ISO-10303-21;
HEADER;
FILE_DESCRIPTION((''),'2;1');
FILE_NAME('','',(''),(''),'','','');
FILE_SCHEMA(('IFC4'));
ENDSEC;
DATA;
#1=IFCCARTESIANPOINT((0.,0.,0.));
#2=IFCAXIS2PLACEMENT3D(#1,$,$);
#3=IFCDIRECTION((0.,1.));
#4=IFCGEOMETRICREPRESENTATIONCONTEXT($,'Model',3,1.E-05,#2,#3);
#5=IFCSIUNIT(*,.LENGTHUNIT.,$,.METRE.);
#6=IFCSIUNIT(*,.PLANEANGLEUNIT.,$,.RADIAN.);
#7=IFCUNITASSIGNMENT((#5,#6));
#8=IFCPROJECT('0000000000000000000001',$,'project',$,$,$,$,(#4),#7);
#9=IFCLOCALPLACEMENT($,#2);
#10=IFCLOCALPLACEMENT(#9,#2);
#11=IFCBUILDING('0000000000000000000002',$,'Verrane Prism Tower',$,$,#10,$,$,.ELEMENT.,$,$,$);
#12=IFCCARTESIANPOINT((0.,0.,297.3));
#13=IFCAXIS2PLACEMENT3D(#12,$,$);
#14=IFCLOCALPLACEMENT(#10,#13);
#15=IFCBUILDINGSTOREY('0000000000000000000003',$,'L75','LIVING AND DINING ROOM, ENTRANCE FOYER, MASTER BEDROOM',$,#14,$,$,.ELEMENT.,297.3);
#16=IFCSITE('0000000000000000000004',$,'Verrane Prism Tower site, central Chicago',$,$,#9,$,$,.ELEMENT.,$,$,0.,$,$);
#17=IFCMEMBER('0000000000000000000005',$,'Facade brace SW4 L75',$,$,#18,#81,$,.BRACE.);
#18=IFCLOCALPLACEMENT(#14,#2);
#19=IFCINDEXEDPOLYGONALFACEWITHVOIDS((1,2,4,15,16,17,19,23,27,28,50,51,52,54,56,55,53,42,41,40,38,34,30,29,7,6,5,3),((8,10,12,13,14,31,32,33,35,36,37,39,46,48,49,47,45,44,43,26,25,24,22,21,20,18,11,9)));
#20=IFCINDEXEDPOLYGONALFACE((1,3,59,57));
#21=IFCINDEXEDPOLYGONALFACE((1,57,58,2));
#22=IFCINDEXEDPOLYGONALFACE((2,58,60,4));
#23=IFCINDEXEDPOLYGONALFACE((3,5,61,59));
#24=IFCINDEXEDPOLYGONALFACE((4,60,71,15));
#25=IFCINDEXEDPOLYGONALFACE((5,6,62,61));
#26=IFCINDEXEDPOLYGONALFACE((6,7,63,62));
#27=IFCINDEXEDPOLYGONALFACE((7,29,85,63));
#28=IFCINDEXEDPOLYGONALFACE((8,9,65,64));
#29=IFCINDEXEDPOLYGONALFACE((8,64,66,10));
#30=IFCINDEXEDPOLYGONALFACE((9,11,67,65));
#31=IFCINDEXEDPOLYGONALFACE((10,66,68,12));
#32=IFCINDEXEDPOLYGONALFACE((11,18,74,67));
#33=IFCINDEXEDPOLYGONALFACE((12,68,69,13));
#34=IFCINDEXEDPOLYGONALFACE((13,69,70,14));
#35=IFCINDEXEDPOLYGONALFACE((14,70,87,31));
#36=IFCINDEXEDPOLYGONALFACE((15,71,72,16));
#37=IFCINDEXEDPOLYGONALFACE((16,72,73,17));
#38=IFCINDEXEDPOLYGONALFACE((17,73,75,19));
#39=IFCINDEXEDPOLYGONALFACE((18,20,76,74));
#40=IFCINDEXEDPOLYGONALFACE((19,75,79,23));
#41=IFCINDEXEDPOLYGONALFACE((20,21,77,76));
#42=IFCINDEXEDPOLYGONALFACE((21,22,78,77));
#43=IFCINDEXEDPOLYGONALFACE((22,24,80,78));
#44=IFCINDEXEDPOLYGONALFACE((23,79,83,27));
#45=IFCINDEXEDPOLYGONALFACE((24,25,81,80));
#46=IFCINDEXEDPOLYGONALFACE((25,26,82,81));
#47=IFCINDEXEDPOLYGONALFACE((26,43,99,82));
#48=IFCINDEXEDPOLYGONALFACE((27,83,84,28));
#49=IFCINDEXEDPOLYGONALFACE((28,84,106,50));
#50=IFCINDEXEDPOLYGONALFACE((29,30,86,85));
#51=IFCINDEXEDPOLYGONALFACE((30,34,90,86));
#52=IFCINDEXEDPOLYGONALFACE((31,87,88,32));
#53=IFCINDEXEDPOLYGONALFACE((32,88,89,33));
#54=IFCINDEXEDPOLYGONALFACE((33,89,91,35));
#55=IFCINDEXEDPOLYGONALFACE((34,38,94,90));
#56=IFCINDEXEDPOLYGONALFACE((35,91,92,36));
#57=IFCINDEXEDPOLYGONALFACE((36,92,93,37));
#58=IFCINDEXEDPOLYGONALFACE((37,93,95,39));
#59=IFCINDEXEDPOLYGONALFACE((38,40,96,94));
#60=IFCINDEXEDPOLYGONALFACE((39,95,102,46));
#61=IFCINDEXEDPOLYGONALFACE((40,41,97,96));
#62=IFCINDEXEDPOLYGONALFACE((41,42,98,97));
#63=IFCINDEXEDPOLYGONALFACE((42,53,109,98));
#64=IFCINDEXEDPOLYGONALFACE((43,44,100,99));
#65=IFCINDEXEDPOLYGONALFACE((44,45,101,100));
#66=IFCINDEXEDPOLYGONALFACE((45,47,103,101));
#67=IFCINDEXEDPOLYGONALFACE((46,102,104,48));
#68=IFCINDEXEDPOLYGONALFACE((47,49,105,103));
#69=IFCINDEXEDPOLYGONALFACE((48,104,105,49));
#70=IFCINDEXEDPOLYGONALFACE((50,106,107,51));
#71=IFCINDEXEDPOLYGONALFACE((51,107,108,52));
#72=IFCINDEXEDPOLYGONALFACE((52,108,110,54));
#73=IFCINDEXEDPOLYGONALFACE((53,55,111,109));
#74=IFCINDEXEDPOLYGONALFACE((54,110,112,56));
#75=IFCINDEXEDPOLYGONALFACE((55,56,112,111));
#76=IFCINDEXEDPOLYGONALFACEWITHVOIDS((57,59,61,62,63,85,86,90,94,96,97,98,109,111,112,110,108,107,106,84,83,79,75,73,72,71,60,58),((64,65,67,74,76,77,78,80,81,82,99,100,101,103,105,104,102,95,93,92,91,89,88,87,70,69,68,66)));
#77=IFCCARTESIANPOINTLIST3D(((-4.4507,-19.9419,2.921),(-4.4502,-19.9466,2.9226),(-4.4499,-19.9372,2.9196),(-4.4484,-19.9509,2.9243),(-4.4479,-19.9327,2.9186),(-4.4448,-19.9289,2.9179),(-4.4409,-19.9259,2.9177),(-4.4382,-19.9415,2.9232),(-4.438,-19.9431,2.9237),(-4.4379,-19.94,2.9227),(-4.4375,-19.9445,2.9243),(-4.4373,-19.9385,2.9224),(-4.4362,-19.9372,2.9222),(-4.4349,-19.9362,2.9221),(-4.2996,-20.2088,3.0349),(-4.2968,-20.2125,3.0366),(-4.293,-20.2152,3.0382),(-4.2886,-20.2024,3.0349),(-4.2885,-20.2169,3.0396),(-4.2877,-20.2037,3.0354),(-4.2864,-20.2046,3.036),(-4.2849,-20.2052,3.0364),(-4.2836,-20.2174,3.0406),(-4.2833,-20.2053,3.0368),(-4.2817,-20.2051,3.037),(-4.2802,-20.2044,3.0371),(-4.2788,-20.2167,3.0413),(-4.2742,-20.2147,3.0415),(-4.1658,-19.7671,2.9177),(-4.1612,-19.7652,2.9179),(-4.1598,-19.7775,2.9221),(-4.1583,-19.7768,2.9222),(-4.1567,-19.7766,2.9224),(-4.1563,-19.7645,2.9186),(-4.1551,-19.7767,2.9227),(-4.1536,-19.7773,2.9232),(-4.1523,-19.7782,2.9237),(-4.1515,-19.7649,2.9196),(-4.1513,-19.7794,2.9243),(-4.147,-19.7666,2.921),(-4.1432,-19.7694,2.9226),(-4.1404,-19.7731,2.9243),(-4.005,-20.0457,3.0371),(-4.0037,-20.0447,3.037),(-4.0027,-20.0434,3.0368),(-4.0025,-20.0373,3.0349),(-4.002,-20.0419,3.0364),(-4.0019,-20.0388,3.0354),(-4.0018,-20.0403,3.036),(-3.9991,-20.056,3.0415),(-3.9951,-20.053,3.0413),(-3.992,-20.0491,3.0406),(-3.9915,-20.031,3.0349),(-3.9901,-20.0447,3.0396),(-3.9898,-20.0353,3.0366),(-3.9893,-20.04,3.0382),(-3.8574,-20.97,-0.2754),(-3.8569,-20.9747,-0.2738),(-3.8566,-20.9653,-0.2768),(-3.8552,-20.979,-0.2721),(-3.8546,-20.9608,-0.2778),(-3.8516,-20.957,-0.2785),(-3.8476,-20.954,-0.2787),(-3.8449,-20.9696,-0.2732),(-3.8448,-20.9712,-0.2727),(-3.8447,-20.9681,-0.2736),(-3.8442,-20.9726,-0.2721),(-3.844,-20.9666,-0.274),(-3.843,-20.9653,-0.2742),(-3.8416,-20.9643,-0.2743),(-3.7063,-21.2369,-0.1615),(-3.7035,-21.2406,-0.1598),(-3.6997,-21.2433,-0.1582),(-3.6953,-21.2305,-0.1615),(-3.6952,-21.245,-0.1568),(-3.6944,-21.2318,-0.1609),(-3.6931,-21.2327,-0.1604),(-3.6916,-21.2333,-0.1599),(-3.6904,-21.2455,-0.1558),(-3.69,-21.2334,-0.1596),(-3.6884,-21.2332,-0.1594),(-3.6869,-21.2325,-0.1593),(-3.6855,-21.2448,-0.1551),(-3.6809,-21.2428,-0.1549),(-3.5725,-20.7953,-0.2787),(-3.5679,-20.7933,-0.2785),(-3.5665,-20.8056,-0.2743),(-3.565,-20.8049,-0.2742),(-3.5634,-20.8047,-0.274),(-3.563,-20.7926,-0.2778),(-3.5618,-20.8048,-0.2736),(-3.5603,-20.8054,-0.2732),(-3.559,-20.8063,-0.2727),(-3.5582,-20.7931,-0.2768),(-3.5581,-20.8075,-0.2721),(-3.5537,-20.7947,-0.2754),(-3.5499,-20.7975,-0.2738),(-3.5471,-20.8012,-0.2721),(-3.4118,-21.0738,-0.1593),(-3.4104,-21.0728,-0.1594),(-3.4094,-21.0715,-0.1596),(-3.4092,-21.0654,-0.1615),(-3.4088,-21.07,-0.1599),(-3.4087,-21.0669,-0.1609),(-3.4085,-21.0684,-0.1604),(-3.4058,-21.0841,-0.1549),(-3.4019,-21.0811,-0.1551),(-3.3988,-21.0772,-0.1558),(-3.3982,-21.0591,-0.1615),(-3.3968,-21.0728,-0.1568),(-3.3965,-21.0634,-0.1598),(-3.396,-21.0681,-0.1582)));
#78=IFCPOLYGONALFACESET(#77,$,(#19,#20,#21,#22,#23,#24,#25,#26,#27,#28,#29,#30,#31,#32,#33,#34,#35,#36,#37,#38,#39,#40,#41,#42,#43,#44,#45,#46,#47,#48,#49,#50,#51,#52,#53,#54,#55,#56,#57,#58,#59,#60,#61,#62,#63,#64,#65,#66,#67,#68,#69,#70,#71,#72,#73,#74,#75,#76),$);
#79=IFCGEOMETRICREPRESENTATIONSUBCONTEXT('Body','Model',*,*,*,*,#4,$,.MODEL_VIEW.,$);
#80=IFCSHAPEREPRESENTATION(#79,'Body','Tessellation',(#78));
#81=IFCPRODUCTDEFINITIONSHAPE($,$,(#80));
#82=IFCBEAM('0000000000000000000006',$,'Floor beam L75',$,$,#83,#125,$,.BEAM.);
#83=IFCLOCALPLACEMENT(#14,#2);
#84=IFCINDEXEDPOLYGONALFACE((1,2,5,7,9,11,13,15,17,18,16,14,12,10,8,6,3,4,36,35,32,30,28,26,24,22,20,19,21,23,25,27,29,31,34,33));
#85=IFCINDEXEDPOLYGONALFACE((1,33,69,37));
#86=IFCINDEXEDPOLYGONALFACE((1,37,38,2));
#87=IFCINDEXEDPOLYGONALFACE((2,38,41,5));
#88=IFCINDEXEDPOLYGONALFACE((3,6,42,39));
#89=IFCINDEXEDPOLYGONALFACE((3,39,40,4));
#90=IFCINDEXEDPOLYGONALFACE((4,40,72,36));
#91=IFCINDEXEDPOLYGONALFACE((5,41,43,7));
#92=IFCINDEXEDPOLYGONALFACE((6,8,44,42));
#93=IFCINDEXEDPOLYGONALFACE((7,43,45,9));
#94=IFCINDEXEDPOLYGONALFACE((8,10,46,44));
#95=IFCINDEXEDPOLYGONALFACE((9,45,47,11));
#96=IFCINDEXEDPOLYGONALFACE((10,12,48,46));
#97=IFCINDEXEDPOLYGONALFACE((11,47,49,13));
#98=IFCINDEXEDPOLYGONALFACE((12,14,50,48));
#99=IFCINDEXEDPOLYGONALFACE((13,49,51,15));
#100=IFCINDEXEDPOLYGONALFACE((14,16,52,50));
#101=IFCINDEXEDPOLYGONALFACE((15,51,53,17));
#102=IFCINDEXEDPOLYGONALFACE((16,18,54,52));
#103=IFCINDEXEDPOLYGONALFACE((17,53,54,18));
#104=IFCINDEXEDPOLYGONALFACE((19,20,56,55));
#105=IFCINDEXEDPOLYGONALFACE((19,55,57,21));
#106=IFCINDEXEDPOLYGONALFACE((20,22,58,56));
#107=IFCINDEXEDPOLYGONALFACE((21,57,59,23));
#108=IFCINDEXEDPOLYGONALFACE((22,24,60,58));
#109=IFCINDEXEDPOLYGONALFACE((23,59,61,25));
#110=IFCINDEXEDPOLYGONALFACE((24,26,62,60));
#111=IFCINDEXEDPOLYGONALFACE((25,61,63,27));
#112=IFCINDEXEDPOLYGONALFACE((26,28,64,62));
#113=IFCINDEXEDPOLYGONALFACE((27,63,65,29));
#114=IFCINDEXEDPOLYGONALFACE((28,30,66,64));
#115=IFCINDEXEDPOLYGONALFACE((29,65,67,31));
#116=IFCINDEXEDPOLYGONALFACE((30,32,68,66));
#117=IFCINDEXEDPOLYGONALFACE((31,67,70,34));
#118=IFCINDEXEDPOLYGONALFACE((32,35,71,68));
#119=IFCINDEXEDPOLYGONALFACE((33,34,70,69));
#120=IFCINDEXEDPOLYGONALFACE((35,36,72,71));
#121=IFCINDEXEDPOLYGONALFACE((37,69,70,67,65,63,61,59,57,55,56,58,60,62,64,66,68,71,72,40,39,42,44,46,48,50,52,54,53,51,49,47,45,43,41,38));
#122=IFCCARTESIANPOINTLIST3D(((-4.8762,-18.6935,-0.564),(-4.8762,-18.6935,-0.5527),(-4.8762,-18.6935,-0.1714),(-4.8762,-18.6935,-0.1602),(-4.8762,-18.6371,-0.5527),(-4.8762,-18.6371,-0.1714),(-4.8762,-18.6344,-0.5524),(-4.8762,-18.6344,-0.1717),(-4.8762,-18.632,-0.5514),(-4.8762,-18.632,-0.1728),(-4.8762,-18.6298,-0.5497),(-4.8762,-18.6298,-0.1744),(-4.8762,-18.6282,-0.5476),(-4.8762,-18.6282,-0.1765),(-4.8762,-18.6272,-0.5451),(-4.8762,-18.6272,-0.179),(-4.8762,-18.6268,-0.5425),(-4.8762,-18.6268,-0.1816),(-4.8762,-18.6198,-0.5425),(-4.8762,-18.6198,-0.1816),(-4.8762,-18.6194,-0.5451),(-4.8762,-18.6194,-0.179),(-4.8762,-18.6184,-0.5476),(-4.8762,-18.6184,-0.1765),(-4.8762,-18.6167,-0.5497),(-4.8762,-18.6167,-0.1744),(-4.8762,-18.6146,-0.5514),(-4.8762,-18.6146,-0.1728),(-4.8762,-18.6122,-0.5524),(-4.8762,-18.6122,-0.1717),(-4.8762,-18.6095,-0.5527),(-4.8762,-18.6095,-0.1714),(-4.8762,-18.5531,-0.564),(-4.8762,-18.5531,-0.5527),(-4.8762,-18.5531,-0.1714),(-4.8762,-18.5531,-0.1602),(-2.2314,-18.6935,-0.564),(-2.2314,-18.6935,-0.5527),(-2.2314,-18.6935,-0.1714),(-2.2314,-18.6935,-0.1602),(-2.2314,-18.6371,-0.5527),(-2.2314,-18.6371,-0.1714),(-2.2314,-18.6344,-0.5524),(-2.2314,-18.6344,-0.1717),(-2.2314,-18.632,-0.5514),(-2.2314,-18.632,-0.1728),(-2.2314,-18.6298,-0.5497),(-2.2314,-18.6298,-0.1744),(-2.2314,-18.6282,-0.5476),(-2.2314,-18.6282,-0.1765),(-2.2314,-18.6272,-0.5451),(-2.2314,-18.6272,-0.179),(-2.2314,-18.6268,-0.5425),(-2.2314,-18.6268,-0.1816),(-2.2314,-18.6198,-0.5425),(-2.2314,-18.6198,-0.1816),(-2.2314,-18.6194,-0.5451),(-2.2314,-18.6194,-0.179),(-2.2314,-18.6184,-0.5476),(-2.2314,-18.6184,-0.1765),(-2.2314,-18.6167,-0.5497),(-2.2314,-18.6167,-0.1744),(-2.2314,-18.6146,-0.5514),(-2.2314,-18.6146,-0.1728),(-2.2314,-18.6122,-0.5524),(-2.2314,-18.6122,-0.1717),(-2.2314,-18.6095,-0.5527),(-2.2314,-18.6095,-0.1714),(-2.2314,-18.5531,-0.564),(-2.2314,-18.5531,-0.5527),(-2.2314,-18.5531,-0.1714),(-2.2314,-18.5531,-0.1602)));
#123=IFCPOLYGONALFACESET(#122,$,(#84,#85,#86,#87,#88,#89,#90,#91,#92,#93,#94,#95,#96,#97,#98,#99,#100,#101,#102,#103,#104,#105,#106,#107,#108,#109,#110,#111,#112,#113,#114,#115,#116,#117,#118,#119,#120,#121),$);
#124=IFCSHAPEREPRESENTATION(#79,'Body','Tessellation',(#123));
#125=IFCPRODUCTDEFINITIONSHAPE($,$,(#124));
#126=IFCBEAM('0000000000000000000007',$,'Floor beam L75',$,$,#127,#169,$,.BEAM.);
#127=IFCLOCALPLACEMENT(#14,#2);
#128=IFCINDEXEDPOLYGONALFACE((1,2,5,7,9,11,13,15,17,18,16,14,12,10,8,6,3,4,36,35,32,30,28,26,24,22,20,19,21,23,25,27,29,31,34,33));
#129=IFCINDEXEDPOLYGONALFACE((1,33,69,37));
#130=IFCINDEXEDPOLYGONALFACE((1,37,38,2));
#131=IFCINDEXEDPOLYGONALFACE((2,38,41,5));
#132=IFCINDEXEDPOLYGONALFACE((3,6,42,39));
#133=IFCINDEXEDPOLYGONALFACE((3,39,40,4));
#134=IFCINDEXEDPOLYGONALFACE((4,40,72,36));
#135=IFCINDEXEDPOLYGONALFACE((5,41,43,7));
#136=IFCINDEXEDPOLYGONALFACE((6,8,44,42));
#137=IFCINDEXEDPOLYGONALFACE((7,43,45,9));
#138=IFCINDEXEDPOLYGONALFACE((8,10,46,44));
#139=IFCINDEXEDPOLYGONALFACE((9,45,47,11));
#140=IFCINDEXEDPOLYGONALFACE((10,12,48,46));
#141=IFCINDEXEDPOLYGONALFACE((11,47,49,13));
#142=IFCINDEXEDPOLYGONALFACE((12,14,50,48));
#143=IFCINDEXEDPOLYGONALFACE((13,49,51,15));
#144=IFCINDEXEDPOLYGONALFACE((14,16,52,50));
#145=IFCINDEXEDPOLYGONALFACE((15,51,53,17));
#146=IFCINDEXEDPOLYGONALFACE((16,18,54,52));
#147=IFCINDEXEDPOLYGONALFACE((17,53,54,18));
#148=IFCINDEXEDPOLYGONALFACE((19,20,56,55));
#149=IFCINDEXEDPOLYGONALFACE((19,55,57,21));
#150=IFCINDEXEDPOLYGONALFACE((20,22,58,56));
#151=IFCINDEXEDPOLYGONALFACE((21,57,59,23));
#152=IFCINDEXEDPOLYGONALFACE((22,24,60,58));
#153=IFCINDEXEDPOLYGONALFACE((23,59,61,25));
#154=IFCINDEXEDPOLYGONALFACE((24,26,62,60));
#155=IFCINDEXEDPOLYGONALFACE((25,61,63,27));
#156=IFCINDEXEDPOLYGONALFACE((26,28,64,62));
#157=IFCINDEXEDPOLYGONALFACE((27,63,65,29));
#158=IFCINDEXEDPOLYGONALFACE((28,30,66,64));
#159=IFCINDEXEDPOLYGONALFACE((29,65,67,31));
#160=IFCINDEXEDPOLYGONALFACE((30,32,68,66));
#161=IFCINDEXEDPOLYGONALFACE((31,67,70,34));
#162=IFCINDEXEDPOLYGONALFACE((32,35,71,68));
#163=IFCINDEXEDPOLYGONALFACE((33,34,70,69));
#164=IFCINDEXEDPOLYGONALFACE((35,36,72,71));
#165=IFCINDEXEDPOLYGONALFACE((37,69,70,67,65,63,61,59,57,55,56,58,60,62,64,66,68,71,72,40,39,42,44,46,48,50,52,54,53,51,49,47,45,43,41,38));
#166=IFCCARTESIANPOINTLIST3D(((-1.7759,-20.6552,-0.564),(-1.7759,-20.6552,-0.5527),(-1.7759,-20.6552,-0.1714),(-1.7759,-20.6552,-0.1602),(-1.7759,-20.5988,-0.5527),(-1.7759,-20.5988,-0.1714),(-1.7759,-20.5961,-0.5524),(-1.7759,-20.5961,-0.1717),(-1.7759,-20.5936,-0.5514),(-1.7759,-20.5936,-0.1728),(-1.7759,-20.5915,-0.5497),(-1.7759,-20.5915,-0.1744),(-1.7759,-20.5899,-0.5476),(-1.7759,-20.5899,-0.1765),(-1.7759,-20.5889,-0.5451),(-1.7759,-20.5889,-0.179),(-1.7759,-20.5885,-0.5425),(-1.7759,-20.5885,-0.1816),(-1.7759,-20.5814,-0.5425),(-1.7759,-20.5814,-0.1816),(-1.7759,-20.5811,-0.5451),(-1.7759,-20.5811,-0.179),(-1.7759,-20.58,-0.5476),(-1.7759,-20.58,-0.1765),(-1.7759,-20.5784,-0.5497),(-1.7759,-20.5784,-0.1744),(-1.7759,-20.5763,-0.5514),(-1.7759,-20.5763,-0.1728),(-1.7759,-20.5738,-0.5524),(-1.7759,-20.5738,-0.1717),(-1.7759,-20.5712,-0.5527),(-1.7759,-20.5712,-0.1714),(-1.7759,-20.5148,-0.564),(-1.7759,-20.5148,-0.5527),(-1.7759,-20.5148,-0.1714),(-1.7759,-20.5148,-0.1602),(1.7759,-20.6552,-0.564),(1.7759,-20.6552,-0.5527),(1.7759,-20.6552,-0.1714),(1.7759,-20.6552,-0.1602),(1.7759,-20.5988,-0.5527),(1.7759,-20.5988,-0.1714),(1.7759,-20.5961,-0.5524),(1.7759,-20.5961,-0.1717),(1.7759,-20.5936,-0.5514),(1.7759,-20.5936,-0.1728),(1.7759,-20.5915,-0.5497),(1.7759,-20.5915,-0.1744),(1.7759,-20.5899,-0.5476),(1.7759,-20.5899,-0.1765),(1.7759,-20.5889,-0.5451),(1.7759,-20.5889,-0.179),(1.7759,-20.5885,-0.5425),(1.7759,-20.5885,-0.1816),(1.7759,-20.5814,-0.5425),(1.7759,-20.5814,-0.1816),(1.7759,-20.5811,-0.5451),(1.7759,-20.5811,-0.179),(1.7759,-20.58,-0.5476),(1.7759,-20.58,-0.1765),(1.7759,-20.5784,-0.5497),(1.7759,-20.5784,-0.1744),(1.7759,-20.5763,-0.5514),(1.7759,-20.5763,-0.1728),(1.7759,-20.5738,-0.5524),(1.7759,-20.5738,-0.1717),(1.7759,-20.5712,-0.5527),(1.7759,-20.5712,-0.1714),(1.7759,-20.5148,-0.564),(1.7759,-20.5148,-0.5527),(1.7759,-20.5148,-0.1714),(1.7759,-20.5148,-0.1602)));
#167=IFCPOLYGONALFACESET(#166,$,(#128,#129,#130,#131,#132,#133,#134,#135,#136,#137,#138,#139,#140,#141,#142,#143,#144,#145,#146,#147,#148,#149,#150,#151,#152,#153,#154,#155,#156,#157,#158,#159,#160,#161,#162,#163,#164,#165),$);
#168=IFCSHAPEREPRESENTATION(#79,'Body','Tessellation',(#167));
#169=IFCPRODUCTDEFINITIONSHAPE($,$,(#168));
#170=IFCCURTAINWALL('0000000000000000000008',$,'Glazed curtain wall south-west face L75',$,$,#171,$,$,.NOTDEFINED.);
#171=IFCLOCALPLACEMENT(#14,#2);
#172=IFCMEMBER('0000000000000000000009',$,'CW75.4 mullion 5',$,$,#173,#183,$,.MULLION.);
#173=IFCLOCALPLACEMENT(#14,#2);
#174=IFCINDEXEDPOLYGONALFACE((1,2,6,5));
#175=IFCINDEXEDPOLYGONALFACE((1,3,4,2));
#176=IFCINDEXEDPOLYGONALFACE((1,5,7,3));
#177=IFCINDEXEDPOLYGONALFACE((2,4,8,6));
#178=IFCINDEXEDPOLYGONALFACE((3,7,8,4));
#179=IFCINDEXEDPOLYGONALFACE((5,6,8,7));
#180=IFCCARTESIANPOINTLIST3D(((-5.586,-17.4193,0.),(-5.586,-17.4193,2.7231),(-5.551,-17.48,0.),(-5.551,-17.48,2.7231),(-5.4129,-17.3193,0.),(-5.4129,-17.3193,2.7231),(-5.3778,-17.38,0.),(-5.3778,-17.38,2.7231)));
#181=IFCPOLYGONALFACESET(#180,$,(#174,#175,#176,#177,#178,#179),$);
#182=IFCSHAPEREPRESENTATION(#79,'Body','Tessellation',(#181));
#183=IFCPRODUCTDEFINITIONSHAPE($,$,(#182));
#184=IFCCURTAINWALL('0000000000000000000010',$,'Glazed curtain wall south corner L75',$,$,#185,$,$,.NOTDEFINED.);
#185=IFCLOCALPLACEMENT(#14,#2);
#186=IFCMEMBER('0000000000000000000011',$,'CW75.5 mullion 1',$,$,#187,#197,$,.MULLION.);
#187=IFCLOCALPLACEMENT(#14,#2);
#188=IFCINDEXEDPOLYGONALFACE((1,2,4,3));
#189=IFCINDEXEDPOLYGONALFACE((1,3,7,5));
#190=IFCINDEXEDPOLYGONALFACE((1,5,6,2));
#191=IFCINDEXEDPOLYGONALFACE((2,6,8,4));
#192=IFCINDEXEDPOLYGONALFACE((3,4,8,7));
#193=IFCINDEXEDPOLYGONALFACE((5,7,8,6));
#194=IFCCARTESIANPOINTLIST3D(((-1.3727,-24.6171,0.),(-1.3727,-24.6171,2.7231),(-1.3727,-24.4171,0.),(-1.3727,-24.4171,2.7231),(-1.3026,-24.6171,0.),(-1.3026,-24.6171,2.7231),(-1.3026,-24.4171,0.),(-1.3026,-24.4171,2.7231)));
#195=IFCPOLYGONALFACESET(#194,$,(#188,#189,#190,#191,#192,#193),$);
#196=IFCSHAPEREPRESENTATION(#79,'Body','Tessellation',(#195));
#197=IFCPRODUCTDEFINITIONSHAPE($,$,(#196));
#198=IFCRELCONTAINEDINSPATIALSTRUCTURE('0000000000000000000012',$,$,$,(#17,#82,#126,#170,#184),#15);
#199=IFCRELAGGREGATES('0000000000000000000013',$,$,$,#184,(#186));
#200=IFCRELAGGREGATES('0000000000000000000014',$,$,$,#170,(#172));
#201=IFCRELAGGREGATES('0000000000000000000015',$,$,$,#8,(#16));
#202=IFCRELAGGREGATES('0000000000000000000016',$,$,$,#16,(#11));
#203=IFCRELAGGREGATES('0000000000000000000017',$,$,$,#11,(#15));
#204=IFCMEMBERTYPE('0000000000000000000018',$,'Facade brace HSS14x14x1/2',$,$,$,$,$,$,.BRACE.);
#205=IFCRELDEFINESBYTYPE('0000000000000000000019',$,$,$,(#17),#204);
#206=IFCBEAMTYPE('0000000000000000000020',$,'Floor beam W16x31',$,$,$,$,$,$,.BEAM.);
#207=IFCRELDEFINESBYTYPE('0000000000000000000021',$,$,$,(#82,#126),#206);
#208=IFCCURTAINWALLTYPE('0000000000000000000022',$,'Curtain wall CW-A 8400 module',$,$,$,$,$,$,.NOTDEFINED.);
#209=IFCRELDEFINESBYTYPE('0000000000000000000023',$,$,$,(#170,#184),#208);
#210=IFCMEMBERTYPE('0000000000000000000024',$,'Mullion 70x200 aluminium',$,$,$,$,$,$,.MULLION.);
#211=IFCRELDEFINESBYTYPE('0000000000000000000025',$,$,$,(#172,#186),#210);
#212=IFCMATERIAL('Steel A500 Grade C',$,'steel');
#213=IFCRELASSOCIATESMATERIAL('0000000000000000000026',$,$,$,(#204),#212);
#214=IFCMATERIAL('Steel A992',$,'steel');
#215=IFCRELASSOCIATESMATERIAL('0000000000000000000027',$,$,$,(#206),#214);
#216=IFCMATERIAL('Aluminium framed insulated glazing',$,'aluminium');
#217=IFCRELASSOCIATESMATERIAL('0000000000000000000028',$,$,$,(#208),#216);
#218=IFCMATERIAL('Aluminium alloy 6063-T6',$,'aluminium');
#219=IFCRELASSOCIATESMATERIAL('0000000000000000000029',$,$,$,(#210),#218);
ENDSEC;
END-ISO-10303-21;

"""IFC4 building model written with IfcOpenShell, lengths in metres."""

from ifc_helpers import new_model, si_unit, direction, frame, origin, origin_2d, place, context, subcontext, project, spatial, rectangle, hollow_rectangle, i_section, extrude, material, material_profile, profile_set, type_object, element, aggregate, save


model = new_model("IFC4")

# Units and contexts
model_context = context("Model", 3, precision=1e-05, world=origin(), true_north=direction((0.0, 1.0)))
body_context = subcontext(model_context, "Body", "Model", "MODEL_VIEW")
ifc_project = project(units=[si_unit("LENGTHUNIT", "METRE"), si_unit("PLANEANGLEUNIT", "RADIAN")], contexts=[model_context])

# Site, building, storey
site_placement = place(None, origin())
site = spatial("IfcSite", under=ifc_project, at=site_placement, Name="Verrane Prism Tower site, central Chicago", CompositionType="ELEMENT", RefElevation=0.0)
building_placement = place(site_placement, origin())
building = spatial("IfcBuilding", under=site, at=building_placement, Name="Verrane Prism Tower", CompositionType="ELEMENT")
storey_placement = place(building_placement, frame((0.0, 0.0, 297.3)))
storey = spatial("IfcBuildingStorey", under=building, at=storey_placement, Name="L75", Description="LIVING AND DINING ROOM, ENTRANCE FOYER, MASTER BEDROOM", CompositionType="ELEMENT", Elevation=297.3)

# Member
ifc_material_1 = material(Name="Steel A500 Grade C", Category="steel")
ifc_material_profile_1 = material_profile(ifc_material_1, hollow_rectangle(XDim=0.3557, YDim=0.3557, WallThickness=0.0127, InnerFilletRadius=0.0063, OuterFilletRadius=0.019, at=origin_2d()), Name="HSS14x14x1/2")
ifc_profile_set_1 = profile_set([ifc_material_profile_1], Name="Steel A500 Grade C")
member_type_1 = type_object("IfcMemberType", Name="Facade brace HSS14x14x1/2", PredefinedType="BRACE", material=ifc_profile_set_1)
member_1_placement = place(storey_placement, frame((-3.6267, -21.019, -0.2168), z_axis=(-0.173999, 0.301527, 0.937447), x_axis=(-0.866134, -0.499811, 0.0)))
element("IfcMember", 1, at=member_1_placement, inside=storey, type_object=member_type_1, Name="Facade brace SW4 L75", PredefinedType="BRACE", context=body_context, shape_type="SweptSolid", body=[
    extrude(hollow_rectangle(XDim=0.3557, YDim=0.3557, WallThickness=0.0127, InnerFilletRadius=0.0063, OuterFilletRadius=0.019, at=origin_2d()), origin(), (0.0, 0.0, 1.0), 3.4097),
])

# Beams
ifc_material_2 = material(Name="Steel A992", Category="steel")
ifc_material_profile_2 = material_profile(ifc_material_2, i_section(OverallWidth=0.1404, OverallDepth=0.4038, WebThickness=0.0071, FlangeThickness=0.0112, FilletRadius=0.0103, at=origin_2d()), Name="W16x31")
ifc_profile_set_2 = profile_set([ifc_material_profile_2], Name="Steel A992")
beam_type_1 = type_object("IfcBeamType", Name="Floor beam W16x31", PredefinedType="BEAM", material=ifc_profile_set_2)
beam_1_placement = place(storey_placement, frame((-4.8762, -18.6233, -0.3621), z_axis=(1.0, 0.0, 0.0), x_axis=(0.0, 1.0, 0.0)))
element("IfcBeam", 2, at=beam_1_placement, inside=storey, type_object=beam_type_1, Name="Floor beam L75", PredefinedType="BEAM", context=body_context, shape_type="SweptSolid", body=[
    extrude(i_section(OverallWidth=0.1404, OverallDepth=0.4038, WebThickness=0.0071, FlangeThickness=0.0112, FilletRadius=0.0103, at=origin_2d()), origin(), (0.0, 0.0, 1.0), 2.6448),
])
beam_2_placement = place(storey_placement, frame((-1.7759, -20.585, -0.3621), z_axis=(1.0, 0.0, 0.0), x_axis=(0.0, 1.0, 0.0)))
element("IfcBeam", 3, at=beam_2_placement, inside=storey, type_object=beam_type_1, Name="Floor beam L75", PredefinedType="BEAM", context=body_context, shape_type="SweptSolid", body=[
    extrude(i_section(OverallWidth=0.1404, OverallDepth=0.4038, WebThickness=0.0071, FlangeThickness=0.0112, FilletRadius=0.0103, at=origin_2d()), origin(), (0.0, 0.0, 1.0), 3.5518),
])

# Curtain walls, members
ifc_material_3 = material(Name="Aluminium framed insulated glazing", Category="aluminium")
curtain_wall_type = type_object("IfcCurtainWallType", Name="Curtain wall CW-A 8400 module", PredefinedType="NOTDEFINED", material=ifc_material_3)
curtain_wall_1_placement = place(storey_placement, origin())
curtain_wall_1 = element("IfcCurtainWall", 4, at=curtain_wall_1_placement, inside=storey, type_object=curtain_wall_type, Name="Glazed curtain wall south-west face L75", PredefinedType="NOTDEFINED")
ifc_material_4 = material(Name="Aluminium alloy 6063-T6", Category="aluminium")
ifc_material_profile_3 = material_profile(ifc_material_4, rectangle(XDim=0.2, YDim=0.0701, at=origin_2d()), Name="Mullion 70x200 aluminium")
ifc_profile_set_3 = profile_set([ifc_material_profile_3], Name="Aluminium alloy 6063-T6")
member_type_2 = type_object("IfcMemberType", Name="Mullion 70x200 aluminium", PredefinedType="MULLION", material=ifc_profile_set_3)
member_2_placement = place(storey_placement, frame((-5.4819, -17.3997, 0.0), z_axis=(0.0, 0.0, 1.0), x_axis=(0.866025, 0.500001, 0.0)))
member_2 = element("IfcMember", 5, at=member_2_placement, type_object=member_type_2, Name="CW75.4 mullion 5", PredefinedType="MULLION", context=body_context, shape_type="SweptSolid", body=[
    extrude(rectangle(XDim=0.2, YDim=0.0701, at=origin_2d()), origin(), (0.0, 0.0, 1.0), 2.7231),
])
curtain_wall_2_placement = place(storey_placement, origin())
curtain_wall_2 = element("IfcCurtainWall", 6, at=curtain_wall_2_placement, inside=storey, type_object=curtain_wall_type, Name="Glazed curtain wall south corner L75", PredefinedType="NOTDEFINED")
member_3_placement = place(storey_placement, frame((-1.3376, -24.5171, 0.0), z_axis=(0.0, 0.0, 1.0), x_axis=(0.0, 1.0, 0.0)))
member_3 = element("IfcMember", 7, at=member_3_placement, type_object=member_type_2, Name="CW75.5 mullion 1", PredefinedType="MULLION", context=body_context, shape_type="SweptSolid", body=[
    extrude(rectangle(XDim=0.2, YDim=0.0701, at=origin_2d()), origin(), (0.0, 0.0, 1.0), 2.7231),
])

aggregate(curtain_wall_2, [member_3])

aggregate(curtain_wall_1, [member_2])

save(model, "model.ifc")
